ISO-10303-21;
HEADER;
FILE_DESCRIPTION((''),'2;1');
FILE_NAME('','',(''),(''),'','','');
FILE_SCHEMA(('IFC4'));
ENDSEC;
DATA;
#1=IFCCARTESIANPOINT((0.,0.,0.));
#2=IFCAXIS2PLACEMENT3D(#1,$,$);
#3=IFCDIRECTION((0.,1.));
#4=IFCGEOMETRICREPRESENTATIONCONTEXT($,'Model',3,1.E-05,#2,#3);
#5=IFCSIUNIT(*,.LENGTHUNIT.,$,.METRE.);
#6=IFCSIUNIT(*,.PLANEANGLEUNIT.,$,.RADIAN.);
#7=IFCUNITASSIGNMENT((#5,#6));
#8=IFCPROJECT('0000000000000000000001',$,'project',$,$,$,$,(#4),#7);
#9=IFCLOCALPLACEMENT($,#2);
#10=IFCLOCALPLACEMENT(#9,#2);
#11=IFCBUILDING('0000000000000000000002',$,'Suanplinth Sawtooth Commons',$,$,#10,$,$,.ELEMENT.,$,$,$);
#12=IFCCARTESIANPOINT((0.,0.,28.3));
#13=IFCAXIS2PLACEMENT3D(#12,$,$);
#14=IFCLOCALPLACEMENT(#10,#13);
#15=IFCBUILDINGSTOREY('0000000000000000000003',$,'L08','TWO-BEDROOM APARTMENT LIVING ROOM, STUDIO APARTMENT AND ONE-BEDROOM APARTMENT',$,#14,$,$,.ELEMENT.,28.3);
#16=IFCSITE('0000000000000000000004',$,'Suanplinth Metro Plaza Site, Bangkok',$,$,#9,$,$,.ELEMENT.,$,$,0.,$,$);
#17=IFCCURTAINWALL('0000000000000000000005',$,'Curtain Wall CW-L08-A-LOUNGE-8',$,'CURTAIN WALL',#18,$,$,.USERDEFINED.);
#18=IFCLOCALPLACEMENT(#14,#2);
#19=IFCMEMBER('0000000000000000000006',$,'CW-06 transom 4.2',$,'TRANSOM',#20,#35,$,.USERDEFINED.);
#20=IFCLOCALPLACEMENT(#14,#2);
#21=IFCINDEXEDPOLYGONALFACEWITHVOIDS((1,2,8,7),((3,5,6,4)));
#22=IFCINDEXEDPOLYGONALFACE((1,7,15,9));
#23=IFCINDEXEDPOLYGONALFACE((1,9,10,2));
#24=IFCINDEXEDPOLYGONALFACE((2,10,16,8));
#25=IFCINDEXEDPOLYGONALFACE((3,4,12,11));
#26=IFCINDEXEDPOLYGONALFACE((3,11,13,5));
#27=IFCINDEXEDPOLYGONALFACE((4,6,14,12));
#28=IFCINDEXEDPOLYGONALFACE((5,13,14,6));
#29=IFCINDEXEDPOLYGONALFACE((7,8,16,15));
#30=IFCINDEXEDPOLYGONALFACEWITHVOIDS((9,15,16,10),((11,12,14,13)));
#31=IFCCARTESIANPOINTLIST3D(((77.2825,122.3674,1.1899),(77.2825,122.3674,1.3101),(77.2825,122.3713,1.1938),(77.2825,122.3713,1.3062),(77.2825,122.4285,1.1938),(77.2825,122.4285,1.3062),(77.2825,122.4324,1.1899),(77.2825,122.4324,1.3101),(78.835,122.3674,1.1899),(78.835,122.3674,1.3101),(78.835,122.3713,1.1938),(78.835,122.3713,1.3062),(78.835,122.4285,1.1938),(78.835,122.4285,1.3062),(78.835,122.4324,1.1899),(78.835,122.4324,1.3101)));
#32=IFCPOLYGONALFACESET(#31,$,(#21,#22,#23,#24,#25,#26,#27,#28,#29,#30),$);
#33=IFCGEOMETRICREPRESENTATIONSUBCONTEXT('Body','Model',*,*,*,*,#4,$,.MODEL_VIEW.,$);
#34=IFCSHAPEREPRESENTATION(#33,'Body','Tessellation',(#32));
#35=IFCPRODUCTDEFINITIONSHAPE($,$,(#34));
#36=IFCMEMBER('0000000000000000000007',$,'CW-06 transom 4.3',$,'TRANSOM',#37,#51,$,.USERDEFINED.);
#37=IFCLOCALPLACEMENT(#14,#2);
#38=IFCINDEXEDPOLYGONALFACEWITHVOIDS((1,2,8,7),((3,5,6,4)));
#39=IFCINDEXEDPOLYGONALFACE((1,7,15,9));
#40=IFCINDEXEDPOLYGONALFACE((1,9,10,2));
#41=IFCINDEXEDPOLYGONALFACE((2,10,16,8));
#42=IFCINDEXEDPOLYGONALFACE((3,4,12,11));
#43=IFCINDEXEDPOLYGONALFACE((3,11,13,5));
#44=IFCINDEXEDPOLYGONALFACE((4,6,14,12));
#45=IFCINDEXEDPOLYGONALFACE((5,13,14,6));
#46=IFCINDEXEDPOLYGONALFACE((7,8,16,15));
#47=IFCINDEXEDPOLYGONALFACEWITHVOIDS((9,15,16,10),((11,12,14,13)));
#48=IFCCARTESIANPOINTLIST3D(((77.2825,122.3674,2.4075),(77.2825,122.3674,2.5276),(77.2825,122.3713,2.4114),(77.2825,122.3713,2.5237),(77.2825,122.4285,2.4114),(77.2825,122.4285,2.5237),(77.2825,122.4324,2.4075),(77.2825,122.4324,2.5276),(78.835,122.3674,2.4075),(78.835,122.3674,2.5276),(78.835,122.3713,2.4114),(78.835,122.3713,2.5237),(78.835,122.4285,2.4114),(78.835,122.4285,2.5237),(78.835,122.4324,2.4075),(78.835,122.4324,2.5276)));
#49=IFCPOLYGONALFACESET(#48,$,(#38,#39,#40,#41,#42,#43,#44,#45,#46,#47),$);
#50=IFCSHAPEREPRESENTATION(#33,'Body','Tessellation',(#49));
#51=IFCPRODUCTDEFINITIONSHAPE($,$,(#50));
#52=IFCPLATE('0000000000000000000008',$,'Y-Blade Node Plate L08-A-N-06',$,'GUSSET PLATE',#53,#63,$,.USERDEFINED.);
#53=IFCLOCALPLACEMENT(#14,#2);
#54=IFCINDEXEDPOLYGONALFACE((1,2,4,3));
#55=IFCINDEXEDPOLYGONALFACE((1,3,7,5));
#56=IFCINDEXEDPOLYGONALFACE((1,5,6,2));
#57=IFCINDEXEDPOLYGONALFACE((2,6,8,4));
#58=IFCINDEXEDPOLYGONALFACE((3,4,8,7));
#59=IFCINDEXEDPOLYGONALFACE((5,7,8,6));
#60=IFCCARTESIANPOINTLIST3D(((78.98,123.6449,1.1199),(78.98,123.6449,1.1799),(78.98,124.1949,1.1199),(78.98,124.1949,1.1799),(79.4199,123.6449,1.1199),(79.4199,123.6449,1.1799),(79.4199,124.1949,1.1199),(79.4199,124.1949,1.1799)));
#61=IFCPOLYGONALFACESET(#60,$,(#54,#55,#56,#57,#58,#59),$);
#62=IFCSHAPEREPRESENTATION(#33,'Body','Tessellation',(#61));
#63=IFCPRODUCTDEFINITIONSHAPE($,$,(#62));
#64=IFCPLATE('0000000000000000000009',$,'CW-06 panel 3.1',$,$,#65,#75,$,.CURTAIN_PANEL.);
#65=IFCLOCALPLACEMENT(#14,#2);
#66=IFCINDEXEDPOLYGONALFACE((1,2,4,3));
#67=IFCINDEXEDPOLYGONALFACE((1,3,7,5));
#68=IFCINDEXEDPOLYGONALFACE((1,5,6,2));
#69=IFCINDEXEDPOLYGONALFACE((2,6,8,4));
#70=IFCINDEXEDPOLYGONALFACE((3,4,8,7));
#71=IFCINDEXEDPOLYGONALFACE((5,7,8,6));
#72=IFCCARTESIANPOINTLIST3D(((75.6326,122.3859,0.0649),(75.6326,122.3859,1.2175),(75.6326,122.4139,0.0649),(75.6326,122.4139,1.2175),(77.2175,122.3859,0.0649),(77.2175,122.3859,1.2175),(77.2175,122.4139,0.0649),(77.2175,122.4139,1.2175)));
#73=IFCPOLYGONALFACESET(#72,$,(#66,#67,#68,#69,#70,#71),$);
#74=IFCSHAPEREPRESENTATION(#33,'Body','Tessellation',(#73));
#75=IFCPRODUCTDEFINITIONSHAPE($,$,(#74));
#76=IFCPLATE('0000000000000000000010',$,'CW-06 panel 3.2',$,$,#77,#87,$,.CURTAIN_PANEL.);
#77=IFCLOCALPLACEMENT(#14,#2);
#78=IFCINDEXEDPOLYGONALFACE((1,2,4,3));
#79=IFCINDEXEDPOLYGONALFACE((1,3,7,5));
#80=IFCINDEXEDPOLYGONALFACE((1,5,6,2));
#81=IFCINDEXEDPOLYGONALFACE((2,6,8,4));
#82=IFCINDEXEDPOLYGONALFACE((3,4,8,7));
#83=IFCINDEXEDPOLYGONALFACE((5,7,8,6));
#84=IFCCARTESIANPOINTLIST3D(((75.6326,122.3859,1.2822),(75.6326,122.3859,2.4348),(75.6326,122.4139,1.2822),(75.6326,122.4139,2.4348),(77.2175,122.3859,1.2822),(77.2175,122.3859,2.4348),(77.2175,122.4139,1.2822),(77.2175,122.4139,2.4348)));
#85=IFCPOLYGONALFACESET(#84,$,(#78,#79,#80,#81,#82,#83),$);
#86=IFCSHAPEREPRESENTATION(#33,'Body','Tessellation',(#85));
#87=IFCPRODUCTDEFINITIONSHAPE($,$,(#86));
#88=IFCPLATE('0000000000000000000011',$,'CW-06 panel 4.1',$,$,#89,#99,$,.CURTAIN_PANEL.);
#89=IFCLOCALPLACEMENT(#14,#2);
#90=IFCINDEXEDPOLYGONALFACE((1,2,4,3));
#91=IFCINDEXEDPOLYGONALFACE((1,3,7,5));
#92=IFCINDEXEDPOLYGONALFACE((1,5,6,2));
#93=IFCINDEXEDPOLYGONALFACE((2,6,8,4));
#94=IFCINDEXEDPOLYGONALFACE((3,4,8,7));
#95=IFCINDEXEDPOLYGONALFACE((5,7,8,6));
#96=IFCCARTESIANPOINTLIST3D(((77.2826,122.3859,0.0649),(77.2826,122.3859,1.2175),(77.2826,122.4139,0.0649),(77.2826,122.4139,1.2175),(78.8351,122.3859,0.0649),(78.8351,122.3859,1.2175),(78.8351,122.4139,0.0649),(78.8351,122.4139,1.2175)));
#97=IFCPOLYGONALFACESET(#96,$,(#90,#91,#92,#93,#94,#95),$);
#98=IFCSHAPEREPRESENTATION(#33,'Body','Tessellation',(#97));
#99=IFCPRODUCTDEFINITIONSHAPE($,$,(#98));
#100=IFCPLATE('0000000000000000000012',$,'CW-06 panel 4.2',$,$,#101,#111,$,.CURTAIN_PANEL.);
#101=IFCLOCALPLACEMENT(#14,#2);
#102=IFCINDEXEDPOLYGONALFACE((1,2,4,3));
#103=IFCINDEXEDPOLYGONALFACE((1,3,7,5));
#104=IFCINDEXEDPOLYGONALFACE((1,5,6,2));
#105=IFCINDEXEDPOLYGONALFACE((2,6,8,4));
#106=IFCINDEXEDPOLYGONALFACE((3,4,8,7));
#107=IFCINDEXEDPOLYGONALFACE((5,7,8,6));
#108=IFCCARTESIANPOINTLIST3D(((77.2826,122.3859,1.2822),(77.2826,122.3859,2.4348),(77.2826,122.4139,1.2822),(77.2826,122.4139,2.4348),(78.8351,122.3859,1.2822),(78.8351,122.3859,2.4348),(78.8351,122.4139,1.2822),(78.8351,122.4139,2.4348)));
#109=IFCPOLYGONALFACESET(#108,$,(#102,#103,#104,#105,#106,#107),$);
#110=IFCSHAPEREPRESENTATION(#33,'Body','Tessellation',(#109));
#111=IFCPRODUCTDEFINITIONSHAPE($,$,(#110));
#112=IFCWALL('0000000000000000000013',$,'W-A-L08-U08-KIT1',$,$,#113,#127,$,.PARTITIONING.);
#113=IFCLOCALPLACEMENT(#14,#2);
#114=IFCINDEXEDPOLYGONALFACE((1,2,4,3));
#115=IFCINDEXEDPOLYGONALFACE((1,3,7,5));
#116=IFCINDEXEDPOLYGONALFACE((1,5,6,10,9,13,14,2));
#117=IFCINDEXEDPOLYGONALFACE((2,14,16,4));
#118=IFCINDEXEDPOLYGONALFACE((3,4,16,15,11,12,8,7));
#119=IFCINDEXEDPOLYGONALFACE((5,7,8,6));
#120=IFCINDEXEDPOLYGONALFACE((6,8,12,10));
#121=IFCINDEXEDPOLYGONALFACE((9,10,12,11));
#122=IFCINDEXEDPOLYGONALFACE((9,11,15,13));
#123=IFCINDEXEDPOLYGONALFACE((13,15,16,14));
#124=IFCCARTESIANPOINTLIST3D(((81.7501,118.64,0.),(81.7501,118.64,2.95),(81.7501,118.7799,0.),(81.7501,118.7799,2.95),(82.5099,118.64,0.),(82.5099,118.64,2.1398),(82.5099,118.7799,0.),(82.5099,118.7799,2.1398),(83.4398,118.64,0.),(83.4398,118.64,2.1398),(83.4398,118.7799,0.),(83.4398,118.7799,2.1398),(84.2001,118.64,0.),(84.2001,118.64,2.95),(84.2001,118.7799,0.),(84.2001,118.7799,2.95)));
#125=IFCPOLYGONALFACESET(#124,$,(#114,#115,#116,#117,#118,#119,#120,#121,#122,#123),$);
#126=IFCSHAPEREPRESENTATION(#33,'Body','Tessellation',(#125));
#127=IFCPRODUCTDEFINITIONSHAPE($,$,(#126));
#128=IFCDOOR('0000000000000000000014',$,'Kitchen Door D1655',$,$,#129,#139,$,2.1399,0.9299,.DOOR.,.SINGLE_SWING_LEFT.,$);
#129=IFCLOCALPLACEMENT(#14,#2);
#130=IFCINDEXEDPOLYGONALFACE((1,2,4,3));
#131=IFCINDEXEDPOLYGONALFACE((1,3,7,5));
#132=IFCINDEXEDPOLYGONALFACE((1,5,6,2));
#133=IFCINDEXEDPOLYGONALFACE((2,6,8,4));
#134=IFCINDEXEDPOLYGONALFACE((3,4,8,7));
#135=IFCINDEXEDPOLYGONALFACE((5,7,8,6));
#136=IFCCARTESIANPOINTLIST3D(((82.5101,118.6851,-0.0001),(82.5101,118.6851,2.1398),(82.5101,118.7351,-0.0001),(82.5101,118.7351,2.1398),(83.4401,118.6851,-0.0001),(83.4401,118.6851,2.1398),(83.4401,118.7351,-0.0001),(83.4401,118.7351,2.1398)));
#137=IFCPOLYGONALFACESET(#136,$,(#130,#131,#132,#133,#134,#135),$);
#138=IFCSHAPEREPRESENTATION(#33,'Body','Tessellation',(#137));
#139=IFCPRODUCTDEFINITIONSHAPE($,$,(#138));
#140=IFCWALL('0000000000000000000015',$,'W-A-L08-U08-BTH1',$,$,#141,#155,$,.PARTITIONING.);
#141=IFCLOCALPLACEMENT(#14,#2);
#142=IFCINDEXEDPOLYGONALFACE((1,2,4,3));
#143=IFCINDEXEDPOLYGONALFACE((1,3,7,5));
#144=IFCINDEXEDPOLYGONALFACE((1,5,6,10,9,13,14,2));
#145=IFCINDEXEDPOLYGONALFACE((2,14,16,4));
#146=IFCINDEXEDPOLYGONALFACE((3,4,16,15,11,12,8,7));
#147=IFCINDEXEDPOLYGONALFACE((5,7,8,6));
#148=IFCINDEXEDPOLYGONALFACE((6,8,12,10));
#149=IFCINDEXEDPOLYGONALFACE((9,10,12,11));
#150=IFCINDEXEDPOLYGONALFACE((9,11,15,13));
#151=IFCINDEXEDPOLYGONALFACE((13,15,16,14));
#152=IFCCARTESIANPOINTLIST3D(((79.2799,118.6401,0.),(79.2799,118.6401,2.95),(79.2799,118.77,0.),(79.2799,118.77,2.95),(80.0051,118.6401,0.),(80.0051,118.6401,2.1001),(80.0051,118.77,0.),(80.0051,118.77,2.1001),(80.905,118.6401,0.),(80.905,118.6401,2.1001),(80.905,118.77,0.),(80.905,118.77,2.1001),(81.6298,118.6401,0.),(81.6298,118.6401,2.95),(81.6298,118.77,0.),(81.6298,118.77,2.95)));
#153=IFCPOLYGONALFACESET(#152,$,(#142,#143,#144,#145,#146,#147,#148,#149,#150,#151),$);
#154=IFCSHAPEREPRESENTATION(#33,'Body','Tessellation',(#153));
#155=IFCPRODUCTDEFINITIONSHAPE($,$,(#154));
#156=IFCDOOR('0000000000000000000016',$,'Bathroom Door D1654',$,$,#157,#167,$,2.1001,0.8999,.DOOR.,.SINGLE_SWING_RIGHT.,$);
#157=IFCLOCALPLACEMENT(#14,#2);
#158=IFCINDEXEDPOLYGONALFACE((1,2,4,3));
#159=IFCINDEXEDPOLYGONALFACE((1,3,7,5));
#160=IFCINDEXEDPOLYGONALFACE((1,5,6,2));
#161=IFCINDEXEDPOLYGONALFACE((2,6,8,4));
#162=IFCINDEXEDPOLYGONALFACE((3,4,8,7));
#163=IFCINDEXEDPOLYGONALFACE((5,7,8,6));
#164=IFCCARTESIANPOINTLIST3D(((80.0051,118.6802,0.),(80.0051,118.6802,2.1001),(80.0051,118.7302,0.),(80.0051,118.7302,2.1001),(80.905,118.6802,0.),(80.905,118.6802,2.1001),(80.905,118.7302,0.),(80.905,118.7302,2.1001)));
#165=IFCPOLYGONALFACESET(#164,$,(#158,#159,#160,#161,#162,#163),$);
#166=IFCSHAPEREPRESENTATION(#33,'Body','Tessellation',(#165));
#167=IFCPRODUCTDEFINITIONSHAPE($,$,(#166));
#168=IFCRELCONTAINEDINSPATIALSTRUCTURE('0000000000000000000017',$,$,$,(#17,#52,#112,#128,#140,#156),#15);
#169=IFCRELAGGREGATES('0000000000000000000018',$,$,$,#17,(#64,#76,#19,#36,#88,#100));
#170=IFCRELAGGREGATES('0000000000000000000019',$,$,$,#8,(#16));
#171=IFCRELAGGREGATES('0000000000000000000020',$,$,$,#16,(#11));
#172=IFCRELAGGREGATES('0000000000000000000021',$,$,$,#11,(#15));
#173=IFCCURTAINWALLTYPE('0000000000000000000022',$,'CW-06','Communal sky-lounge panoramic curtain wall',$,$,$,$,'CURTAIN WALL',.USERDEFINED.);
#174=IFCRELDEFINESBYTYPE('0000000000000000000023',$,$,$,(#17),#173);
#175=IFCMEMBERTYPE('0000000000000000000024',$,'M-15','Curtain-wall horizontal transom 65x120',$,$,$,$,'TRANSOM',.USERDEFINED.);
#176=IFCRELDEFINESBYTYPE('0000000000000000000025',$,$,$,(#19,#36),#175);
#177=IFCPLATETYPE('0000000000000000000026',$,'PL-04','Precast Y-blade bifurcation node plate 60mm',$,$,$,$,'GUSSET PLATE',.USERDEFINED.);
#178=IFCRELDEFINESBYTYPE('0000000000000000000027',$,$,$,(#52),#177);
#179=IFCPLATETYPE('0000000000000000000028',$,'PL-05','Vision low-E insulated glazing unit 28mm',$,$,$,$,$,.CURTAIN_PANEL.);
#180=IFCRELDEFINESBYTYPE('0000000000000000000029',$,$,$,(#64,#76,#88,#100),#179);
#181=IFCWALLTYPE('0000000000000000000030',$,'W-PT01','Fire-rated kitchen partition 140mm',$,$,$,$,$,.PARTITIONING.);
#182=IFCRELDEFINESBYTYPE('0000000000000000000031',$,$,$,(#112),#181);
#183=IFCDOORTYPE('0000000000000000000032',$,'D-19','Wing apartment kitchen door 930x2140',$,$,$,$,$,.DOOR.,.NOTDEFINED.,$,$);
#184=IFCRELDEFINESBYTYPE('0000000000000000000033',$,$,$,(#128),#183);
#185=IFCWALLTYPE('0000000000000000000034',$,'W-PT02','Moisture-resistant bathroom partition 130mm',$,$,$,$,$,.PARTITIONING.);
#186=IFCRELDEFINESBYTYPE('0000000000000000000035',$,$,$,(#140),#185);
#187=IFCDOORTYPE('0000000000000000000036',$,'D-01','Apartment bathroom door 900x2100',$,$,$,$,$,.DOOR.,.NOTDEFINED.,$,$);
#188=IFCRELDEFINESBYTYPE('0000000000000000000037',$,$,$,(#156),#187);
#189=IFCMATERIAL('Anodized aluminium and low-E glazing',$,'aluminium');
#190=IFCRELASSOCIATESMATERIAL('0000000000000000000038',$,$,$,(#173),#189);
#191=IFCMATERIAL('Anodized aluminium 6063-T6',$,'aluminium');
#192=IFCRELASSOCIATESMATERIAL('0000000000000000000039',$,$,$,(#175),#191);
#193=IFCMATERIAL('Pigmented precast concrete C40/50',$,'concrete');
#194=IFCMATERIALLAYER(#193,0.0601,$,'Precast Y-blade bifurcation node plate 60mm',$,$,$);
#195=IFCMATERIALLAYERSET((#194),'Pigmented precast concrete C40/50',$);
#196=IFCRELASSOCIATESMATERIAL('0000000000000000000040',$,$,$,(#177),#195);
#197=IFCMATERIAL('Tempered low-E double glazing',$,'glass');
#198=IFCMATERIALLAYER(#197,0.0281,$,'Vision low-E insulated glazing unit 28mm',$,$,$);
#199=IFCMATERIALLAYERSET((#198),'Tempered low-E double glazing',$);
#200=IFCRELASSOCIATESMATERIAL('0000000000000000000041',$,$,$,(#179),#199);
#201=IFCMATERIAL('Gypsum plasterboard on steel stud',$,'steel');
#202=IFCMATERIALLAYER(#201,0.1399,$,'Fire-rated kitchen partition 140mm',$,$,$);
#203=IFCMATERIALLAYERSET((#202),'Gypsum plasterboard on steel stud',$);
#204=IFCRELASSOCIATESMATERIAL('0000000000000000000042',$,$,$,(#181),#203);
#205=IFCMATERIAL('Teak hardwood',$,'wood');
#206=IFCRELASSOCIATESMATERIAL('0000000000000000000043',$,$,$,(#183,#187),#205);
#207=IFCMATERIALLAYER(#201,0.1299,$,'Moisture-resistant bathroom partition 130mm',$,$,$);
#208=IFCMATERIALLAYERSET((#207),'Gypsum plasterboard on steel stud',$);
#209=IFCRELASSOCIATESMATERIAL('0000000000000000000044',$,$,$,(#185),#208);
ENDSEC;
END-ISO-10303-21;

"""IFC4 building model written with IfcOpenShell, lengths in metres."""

from ifc_helpers import new_model, si_unit, direction, frame, frame_2d, origin, origin_2d, place, context, subcontext, project, spatial, rectangle, hollow_rectangle, extrude, material, layer, layer_set, material_profile, profile_set, type_object, element, fill, aggregate, save


model = new_model("IFC4")

# Units and contexts
model_context = context("Model", 3, precision=1e-05, world=origin(), true_north=direction((0.0, 1.0)))
body_context = subcontext(model_context, "Body", "Model", "MODEL_VIEW")
ifc_project = project(units=[si_unit("LENGTHUNIT", "METRE"), si_unit("PLANEANGLEUNIT", "RADIAN")], contexts=[model_context])

# Site, building, storey
site_placement = place(None, origin())
site = spatial("IfcSite", under=ifc_project, at=site_placement, Name="Suanplinth Metro Plaza Site, Bangkok", CompositionType="ELEMENT", RefElevation=0.0)
building_placement = place(site_placement, origin())
building = spatial("IfcBuilding", under=site, at=building_placement, Name="Suanplinth Sawtooth Commons", CompositionType="ELEMENT")
storey_placement = place(building_placement, frame((0.0, 0.0, 28.3)))
storey = spatial("IfcBuildingStorey", under=building, at=storey_placement, Name="L08", Description="TWO-BEDROOM APARTMENT LIVING ROOM, STUDIO APARTMENT AND ONE-BEDROOM APARTMENT", CompositionType="ELEMENT", Elevation=28.3)

# Shared definitions
ifc_material_1 = material(Name="Pigmented precast concrete C40/50", Category="concrete")

# Curtain wall, members
ifc_material_2 = material(Name="Anodized aluminium and low-E glazing", Category="aluminium")
curtain_wall_type = type_object("IfcCurtainWallType", Name="CW-06", Description="Communal sky-lounge panoramic curtain wall", ElementType="CURTAIN WALL", PredefinedType="USERDEFINED", material=ifc_material_2)
curtain_wall_placement = place(storey_placement, origin())
curtain_wall = element("IfcCurtainWall", 1, at=curtain_wall_placement, inside=storey, type_object=curtain_wall_type, Name="Curtain Wall CW-L08-A-LOUNGE-8", ObjectType="CURTAIN WALL", PredefinedType="USERDEFINED")
ifc_material_3 = material(Name="Anodized aluminium 6063-T6", Category="aluminium")
ifc_material_profile_1 = material_profile(ifc_material_3, hollow_rectangle(XDim=0.0649, YDim=0.1201, WallThickness=0.0039, at=origin_2d()), Name="ALU-TRN 65x120")
ifc_profile_set_1 = profile_set([ifc_material_profile_1], Name="Anodized aluminium 6063-T6")
member_type_1 = type_object("IfcMemberType", Name="M-15", Description="Curtain-wall horizontal transom 65x120", ElementType="TRANSOM", PredefinedType="USERDEFINED", material=ifc_profile_set_1)
member_1_placement = place(storey_placement, frame((77.2825, 122.3999, 1.25), z_axis=(1.0, 0.0, 0.0), x_axis=(0.0, 1.0, 0.0)))
member_1 = element("IfcMember", 2, at=member_1_placement, type_object=member_type_1, Name="CW-06 transom 4.2", ObjectType="TRANSOM", PredefinedType="USERDEFINED", context=body_context, shape_type="SweptSolid", body=[
    extrude(hollow_rectangle(XDim=0.0649, YDim=0.1201, WallThickness=0.0039, at=origin_2d()), origin(), (0.0, 0.0, 1.0), 1.5525),
])
member_2_placement = place(storey_placement, frame((77.2825, 122.3999, 2.4675), z_axis=(1.0, 0.0, 0.0), x_axis=(0.0, 1.0, 0.0)))
member_2 = element("IfcMember", 3, at=member_2_placement, type_object=member_type_1, Name="CW-06 transom 4.3", ObjectType="TRANSOM", PredefinedType="USERDEFINED", context=body_context, shape_type="SweptSolid", body=[
    extrude(hollow_rectangle(XDim=0.0649, YDim=0.1201, WallThickness=0.0039, at=origin_2d()), origin(), (0.0, 0.0, 1.0), 1.5525),
])

# Plates
ifc_layer_1 = layer(ifc_material_1, 0.0601, Name="Precast Y-blade bifurcation node plate 60mm")
ifc_layer_set_1 = layer_set([ifc_layer_1], Name="Pigmented precast concrete C40/50")
plate_type_1 = type_object("IfcPlateType", Name="PL-04", Description="Precast Y-blade bifurcation node plate 60mm", ElementType="GUSSET PLATE", PredefinedType="USERDEFINED", material=ifc_layer_set_1)
plate_1_placement = place(storey_placement, frame((79.2, 123.9199, 1.1199), z_axis=(0.0, 0.0, 1.0), x_axis=(1.0, 0.0, 0.0)))
element("IfcPlate", 4, at=plate_1_placement, inside=storey, type_object=plate_type_1, Name="Y-Blade Node Plate L08-A-N-06", ObjectType="GUSSET PLATE", PredefinedType="USERDEFINED", context=body_context, shape_type="SweptSolid", body=[
    extrude(rectangle(XDim=0.4399, YDim=0.55, at=origin_2d()), origin(), (0.0, 0.0, 1.0), 0.0601),
])
ifc_material_4 = material(Name="Tempered low-E double glazing", Category="glass")
ifc_layer_2 = layer(ifc_material_4, 0.0281, Name="Vision low-E insulated glazing unit 28mm")
ifc_layer_set_2 = layer_set([ifc_layer_2], Name="Tempered low-E double glazing")
plate_type_2 = type_object("IfcPlateType", Name="PL-05", Description="Vision low-E insulated glazing unit 28mm", PredefinedType="CURTAIN_PANEL", material=ifc_layer_set_2)
plate_2_placement = place(storey_placement, frame((76.425, 122.3999, 0.0649), z_axis=(0.0, 0.0, 1.0), x_axis=(1.0, 0.0, 0.0)))
plate_2 = element("IfcPlate", 5, at=plate_2_placement, type_object=plate_type_2, Name="CW-06 panel 3.1", PredefinedType="CURTAIN_PANEL", context=body_context, shape_type="SweptSolid", body=[
    extrude(rectangle(XDim=1.585, YDim=0.0281, at=origin_2d()), origin(), (0.0, 0.0, 1.0), 1.1526),
])
plate_3_placement = place(storey_placement, frame((76.425, 122.3999, 1.2822), z_axis=(0.0, 0.0, 1.0), x_axis=(1.0, 0.0, 0.0)))
plate_3 = element("IfcPlate", 6, at=plate_3_placement, type_object=plate_type_2, Name="CW-06 panel 3.2", PredefinedType="CURTAIN_PANEL", context=body_context, shape_type="SweptSolid", body=[
    extrude(rectangle(XDim=1.585, YDim=0.0281, at=origin_2d()), origin(), (0.0, 0.0, 1.0), 1.1526),
])
plate_4_placement = place(storey_placement, frame((78.0588, 122.3999, 0.0649), z_axis=(0.0, 0.0, 1.0), x_axis=(1.0, 0.0, 0.0)))
plate_4 = element("IfcPlate", 7, at=plate_4_placement, type_object=plate_type_2, Name="CW-06 panel 4.1", PredefinedType="CURTAIN_PANEL", context=body_context, shape_type="SweptSolid", body=[
    extrude(rectangle(XDim=1.5525, YDim=0.0281, at=origin_2d()), origin(), (0.0, 0.0, 1.0), 1.1526),
])
plate_5_placement = place(storey_placement, frame((78.0588, 122.3999, 1.2822), z_axis=(0.0, 0.0, 1.0), x_axis=(1.0, 0.0, 0.0)))
plate_5 = element("IfcPlate", 8, at=plate_5_placement, type_object=plate_type_2, Name="CW-06 panel 4.2", PredefinedType="CURTAIN_PANEL", context=body_context, shape_type="SweptSolid", body=[
    extrude(rectangle(XDim=1.5525, YDim=0.0281, at=origin_2d()), origin(), (0.0, 0.0, 1.0), 1.1526),
])
aggregate(curtain_wall, [plate_2, plate_3, member_1, member_2, plate_4, plate_5])

# Walls, openings, doors
ifc_material_5 = material(Name="Gypsum plasterboard on steel stud", Category="steel")
ifc_layer_3 = layer(ifc_material_5, 0.1399, Name="Fire-rated kitchen partition 140mm")
ifc_layer_set_3 = layer_set([ifc_layer_3], Name="Gypsum plasterboard on steel stud")
wall_type_1 = type_object("IfcWallType", Name="W-PT01", Description="Fire-rated kitchen partition 140mm", PredefinedType="PARTITIONING", material=ifc_layer_set_3)
wall_1_placement = place(storey_placement, frame((81.75, 118.71, 0.0), z_axis=(0.0, 0.0, 1.0), x_axis=(1.0, 0.0, 0.0)))
wall_1 = element("IfcWall", 9, at=wall_1_placement, inside=storey, type_object=wall_type_1, Name="W-A-L08-U08-KIT1", PredefinedType="PARTITIONING", context=body_context, shape_type="SweptSolid", body=[
    extrude(rectangle(XDim=2.45, YDim=0.1399, at=frame_2d((1.2251, 0.0))), origin(), (0.0, 0.0, 1.0), 2.95),
])
opening_1_placement = place(wall_1_placement, frame((0.76, 0.0, 0.0)))
opening_1 = element("IfcOpeningElement", 10, at=opening_1_placement, cuts=wall_1, PredefinedType="OPENING", context=body_context, shape_type="SweptSolid", body=[
    extrude(rectangle(XDim=0.9299, YDim=2.1399, at=frame_2d((0.4648, 1.0698))), frame((0.0, 0.085, 0.0), z_axis=(0.0, -1.0, 0.0), x_axis=(1.0, 0.0, 0.0)), (0.0, 0.0, 1.0), 0.1697),
])
ifc_material_6 = material(Name="Teak hardwood", Category="wood")
door_type_1 = type_object("IfcDoorType", Name="D-19", Description="Wing apartment kitchen door 930x2140", OperationType="NOTDEFINED", PredefinedType="DOOR", material=ifc_material_6)
door_1_placement = place(opening_1_placement, frame((0.9299, 0.0, 0.0), z_axis=(0.0, 0.0, 1.0), x_axis=(-1.0, 0.0, 0.0)))
door_1 = element("IfcDoor", 11, at=door_1_placement, inside=storey, type_object=door_type_1, Name="Kitchen Door D1655", OperationType="SINGLE_SWING_LEFT", OverallHeight=2.1399, OverallWidth=0.9299, PredefinedType="DOOR", context=body_context, shape_type="SweptSolid", body=[
    extrude(rectangle(XDim=0.9299, YDim=2.1399, at=frame_2d((0.4648, 1.0698))), frame((0.0, 0.0249, 0.0), z_axis=(0.0, -1.0, 0.0), x_axis=(1.0, 0.0, 0.0)), (0.0, 0.0, 1.0), 0.05),
])
fill(opening_1, door_1)
ifc_layer_4 = layer(ifc_material_5, 0.1299, Name="Moisture-resistant bathroom partition 130mm")
ifc_layer_set_4 = layer_set([ifc_layer_4], Name="Gypsum plasterboard on steel stud")
wall_type_2 = type_object("IfcWallType", Name="W-PT02", Description="Moisture-resistant bathroom partition 130mm", PredefinedType="PARTITIONING", material=ifc_layer_set_4)
wall_2_placement = place(storey_placement, frame((79.28, 118.7051, 0.0), z_axis=(0.0, 0.0, 1.0), x_axis=(1.0, 0.0, 0.0)))
wall_2 = element("IfcWall", 12, at=wall_2_placement, inside=storey, type_object=wall_type_2, Name="W-A-L08-U08-BTH1", PredefinedType="PARTITIONING", context=body_context, shape_type="SweptSolid", body=[
    extrude(rectangle(XDim=2.3499, YDim=0.1299, at=frame_2d((1.1748, 0.0))), origin(), (0.0, 0.0, 1.0), 2.95),
])
opening_2_placement = place(wall_2_placement, frame((0.7251, 0.0, 0.0)))
opening_2 = element("IfcOpeningElement", 13, at=opening_2_placement, cuts=wall_2, PredefinedType="OPENING", context=body_context, shape_type="SweptSolid", body=[
    extrude(rectangle(XDim=0.8999, YDim=2.1001, at=frame_2d((0.45, 1.05))), frame((0.0, 0.0798, 0.0), z_axis=(0.0, -1.0, 0.0), x_axis=(1.0, 0.0, 0.0)), (0.0, 0.0, 1.0), 0.1597),
])
door_type_2 = type_object("IfcDoorType", Name="D-01", Description="Apartment bathroom door 900x2100", OperationType="NOTDEFINED", PredefinedType="DOOR", material=ifc_material_6)
door_2_placement = place(opening_2_placement, frame((0.8999, 0.0, 0.0), z_axis=(0.0, 0.0, 1.0), x_axis=(-1.0, 0.0, 0.0)))
door_2 = element("IfcDoor", 14, at=door_2_placement, inside=storey, type_object=door_type_2, Name="Bathroom Door D1654", OperationType="SINGLE_SWING_RIGHT", OverallHeight=2.1001, OverallWidth=0.8999, PredefinedType="DOOR", context=body_context, shape_type="SweptSolid", body=[
    extrude(rectangle(XDim=0.8999, YDim=2.1001, at=frame_2d((0.45, 1.05))), frame((0.0, 0.0249, 0.0), z_axis=(0.0, -1.0, 0.0), x_axis=(1.0, 0.0, 0.0)), (0.0, 0.0, 1.0), 0.05),
])
fill(opening_2, door_2)

save(model, "model.ifc")
